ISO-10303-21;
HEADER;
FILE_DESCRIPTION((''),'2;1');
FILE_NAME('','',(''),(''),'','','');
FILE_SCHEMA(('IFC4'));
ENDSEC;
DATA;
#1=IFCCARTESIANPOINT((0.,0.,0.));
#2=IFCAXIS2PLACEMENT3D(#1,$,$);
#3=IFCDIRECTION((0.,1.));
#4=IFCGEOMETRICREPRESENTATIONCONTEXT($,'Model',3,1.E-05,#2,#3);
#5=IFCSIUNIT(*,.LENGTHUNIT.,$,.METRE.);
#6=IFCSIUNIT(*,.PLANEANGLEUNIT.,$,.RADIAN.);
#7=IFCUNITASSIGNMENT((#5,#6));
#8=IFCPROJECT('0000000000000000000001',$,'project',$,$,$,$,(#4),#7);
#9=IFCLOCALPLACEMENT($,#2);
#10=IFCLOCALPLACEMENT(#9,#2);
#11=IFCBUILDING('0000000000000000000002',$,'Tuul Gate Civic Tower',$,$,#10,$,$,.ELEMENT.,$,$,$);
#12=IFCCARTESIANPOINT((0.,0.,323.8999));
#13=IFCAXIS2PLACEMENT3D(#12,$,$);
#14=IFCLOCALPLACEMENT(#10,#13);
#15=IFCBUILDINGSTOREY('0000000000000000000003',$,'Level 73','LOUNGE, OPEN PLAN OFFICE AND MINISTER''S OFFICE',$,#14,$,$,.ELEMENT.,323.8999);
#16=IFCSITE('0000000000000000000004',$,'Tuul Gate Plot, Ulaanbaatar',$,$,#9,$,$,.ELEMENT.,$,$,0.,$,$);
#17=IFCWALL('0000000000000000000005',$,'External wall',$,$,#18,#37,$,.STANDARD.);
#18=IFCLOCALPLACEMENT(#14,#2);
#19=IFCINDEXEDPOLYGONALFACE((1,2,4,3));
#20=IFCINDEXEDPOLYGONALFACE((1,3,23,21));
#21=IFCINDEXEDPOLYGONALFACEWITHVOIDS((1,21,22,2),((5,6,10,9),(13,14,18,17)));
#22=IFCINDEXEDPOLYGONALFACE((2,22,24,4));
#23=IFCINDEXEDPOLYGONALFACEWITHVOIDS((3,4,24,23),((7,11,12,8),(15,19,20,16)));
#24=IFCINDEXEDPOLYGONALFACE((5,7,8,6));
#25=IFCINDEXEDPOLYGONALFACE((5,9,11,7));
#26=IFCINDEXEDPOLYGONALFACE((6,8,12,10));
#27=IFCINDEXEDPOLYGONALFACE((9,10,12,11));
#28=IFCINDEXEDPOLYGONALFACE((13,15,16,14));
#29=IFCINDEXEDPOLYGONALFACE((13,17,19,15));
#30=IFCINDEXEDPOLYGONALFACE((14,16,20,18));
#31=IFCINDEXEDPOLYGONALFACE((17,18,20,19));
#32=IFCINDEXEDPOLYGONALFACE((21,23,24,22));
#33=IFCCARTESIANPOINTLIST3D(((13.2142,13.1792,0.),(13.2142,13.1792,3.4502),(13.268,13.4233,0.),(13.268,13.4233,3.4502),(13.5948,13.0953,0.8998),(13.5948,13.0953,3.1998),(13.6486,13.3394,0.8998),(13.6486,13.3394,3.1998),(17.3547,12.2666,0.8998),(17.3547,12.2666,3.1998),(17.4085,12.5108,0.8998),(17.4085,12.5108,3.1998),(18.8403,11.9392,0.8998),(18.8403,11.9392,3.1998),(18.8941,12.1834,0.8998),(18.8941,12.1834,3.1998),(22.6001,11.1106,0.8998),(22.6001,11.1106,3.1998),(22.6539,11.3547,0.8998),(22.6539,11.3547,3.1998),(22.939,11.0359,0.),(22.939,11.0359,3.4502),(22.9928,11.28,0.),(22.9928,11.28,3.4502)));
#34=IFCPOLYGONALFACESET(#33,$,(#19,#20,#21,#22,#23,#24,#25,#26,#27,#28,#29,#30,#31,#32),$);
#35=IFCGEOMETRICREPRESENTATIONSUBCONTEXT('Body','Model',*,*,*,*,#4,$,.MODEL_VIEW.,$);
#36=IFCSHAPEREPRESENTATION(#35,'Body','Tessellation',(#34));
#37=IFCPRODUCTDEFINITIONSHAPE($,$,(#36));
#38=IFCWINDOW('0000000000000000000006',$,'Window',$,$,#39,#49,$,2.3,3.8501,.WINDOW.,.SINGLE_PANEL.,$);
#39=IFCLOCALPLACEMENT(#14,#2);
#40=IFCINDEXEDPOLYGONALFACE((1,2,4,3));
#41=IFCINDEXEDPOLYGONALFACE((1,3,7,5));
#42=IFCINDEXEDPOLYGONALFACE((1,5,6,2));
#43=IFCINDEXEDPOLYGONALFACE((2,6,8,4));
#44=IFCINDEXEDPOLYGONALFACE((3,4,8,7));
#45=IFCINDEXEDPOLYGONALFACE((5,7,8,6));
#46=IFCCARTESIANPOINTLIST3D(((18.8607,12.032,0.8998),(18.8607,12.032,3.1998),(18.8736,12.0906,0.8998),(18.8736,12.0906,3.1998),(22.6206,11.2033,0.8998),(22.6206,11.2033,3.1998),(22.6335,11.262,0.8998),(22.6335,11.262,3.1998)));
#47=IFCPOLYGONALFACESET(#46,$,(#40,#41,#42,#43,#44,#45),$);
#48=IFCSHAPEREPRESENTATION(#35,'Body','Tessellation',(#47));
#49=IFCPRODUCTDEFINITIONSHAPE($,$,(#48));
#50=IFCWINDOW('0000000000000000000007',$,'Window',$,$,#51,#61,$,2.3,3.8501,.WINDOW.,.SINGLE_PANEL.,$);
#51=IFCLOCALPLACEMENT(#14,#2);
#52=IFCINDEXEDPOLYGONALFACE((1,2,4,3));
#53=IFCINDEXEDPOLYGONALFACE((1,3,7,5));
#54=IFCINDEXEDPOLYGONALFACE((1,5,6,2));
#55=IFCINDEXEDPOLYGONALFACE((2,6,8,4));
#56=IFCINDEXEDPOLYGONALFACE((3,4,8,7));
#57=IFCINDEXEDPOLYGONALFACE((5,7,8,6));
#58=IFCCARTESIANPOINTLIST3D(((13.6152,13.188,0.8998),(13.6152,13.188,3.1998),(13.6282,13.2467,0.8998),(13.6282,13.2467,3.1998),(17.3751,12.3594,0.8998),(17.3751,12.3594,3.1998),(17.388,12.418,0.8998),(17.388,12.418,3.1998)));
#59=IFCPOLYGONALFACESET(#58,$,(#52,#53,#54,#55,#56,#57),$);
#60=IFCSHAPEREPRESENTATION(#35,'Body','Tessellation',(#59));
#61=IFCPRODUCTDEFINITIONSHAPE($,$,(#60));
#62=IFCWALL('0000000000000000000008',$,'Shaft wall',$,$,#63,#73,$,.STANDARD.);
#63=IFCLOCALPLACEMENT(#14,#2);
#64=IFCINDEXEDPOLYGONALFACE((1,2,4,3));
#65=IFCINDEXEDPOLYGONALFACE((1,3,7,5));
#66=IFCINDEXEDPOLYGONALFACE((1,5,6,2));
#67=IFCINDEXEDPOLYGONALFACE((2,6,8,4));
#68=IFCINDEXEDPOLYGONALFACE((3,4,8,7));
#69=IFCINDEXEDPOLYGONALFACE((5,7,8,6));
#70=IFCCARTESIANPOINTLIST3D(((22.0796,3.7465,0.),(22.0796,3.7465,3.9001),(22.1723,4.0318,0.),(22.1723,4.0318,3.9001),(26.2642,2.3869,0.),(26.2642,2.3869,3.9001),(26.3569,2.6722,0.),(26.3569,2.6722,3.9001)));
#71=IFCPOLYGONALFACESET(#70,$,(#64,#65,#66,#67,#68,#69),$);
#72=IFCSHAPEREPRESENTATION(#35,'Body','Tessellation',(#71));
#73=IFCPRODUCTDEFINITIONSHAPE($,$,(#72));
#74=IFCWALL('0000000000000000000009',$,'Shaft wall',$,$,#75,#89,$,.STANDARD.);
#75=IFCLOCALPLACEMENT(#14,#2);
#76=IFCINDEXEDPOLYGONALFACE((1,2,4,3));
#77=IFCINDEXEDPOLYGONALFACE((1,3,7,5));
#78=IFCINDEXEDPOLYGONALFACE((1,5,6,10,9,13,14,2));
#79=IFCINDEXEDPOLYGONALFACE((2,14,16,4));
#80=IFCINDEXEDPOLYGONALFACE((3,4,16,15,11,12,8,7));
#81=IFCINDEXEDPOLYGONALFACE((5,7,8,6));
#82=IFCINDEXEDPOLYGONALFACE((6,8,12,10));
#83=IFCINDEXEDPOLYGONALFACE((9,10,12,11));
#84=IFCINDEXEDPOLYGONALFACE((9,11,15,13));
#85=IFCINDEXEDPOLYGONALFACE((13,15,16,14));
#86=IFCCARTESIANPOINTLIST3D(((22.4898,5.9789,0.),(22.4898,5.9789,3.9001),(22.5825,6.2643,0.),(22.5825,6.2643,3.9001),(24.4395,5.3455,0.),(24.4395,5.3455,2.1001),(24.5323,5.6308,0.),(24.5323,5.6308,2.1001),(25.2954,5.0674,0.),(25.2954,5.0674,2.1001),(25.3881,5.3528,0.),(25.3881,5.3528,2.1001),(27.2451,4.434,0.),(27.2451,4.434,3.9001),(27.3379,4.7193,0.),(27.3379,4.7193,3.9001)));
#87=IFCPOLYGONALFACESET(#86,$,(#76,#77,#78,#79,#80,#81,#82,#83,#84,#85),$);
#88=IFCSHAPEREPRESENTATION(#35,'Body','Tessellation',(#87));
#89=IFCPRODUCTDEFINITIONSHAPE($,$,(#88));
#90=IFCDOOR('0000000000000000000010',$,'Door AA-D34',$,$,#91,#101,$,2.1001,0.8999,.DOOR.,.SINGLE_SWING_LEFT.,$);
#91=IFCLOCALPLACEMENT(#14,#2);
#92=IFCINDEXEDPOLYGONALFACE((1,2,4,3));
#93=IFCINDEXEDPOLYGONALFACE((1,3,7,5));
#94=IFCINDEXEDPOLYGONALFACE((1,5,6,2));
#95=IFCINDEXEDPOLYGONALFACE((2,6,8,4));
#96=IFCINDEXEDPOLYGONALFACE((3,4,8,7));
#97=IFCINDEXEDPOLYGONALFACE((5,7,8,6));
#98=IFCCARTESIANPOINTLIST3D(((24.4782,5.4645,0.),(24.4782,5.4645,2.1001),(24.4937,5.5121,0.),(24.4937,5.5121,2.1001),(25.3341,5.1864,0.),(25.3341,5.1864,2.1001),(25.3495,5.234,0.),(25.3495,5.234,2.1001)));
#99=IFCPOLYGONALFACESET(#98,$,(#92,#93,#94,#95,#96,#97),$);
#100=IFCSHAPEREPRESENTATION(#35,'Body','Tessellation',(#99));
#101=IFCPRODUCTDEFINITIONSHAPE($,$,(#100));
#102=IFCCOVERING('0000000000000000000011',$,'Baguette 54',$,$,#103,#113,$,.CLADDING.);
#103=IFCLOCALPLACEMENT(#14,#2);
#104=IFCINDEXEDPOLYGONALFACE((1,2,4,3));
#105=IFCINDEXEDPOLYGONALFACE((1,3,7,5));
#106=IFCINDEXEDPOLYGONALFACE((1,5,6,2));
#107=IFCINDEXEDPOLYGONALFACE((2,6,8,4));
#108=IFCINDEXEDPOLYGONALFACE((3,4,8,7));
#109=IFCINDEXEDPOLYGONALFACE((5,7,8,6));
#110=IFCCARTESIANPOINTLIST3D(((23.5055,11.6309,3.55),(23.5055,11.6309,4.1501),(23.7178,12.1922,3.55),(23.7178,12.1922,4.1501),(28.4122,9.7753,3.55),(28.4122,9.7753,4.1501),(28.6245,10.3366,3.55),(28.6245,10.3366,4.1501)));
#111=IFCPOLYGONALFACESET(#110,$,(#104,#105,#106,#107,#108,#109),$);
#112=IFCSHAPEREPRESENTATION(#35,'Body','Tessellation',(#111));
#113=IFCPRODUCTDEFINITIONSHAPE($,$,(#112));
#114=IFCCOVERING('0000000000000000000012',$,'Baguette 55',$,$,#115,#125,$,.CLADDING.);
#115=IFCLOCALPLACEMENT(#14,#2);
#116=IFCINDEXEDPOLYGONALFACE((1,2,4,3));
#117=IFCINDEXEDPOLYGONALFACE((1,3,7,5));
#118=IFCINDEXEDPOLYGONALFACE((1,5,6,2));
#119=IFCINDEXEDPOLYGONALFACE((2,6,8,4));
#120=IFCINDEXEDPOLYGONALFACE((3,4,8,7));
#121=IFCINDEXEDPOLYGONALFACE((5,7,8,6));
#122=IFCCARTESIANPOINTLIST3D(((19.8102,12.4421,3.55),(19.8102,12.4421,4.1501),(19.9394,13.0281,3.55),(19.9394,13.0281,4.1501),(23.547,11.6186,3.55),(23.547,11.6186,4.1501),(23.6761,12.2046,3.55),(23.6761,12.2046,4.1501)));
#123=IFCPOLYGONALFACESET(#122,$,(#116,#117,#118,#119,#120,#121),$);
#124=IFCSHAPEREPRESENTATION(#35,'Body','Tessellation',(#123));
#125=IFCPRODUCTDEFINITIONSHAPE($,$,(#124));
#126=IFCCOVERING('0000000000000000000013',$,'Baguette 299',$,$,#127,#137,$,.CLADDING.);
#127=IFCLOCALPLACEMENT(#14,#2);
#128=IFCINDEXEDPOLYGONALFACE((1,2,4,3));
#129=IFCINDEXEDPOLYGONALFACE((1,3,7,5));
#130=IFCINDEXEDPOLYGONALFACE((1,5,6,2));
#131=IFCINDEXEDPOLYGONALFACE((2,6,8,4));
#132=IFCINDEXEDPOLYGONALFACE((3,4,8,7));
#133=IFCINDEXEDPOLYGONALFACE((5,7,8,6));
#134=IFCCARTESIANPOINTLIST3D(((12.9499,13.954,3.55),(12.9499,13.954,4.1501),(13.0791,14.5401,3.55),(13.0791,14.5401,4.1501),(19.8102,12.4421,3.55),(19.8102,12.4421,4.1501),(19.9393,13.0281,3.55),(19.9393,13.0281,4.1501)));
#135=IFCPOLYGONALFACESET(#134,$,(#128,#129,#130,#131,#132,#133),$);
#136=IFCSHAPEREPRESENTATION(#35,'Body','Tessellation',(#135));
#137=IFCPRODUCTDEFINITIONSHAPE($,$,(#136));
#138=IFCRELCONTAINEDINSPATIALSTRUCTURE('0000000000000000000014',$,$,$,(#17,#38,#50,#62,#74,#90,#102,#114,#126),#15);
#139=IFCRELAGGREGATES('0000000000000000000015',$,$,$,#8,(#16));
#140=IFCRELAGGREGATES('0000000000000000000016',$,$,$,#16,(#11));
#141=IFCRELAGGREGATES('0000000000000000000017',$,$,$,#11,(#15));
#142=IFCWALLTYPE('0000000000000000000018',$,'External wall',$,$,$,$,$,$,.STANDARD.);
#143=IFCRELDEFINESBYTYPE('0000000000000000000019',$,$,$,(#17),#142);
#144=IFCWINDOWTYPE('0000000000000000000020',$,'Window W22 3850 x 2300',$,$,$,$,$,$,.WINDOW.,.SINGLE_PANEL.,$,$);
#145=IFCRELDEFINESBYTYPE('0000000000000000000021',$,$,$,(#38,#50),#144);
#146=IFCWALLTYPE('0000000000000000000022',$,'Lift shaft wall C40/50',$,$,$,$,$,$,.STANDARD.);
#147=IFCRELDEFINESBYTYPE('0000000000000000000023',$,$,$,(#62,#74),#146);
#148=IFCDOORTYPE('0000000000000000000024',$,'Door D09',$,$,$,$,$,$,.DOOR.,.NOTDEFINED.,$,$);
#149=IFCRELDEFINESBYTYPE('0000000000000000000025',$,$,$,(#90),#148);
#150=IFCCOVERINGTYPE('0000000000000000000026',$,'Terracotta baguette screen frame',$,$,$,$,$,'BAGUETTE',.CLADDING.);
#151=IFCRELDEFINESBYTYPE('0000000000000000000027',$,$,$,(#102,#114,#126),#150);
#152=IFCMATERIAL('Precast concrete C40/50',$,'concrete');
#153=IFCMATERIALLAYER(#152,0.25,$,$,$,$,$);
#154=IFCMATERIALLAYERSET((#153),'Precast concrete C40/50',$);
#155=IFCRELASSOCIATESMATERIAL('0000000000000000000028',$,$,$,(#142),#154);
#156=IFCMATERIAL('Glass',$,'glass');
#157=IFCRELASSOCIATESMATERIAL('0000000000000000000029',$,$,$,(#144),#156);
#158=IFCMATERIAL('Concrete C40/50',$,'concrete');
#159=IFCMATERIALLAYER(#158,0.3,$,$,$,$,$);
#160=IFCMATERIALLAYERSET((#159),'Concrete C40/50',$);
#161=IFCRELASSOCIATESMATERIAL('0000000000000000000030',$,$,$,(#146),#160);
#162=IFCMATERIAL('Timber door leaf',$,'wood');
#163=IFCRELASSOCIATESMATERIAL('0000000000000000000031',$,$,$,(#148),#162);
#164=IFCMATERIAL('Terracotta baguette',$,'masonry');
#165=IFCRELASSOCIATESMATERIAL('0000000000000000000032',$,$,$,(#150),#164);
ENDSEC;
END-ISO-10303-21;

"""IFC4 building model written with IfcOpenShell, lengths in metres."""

from ifc_helpers import new_model, si_unit, direction, frame, frame_2d, origin, origin_2d, place, context, subcontext, project, spatial, rectangle, extrude, material, layer, layer_set, material_profile, profile_set, type_object, element, fill, save


model = new_model("IFC4")

# Units and contexts
model_context = context("Model", 3, precision=1e-05, world=origin(), true_north=direction((0.0, 1.0)))
body_context = subcontext(model_context, "Body", "Model", "MODEL_VIEW")
ifc_project = project(units=[si_unit("LENGTHUNIT", "METRE"), si_unit("PLANEANGLEUNIT", "RADIAN")], contexts=[model_context])

# Site, building, storey
site_placement = place(None, origin())
site = spatial("IfcSite", under=ifc_project, at=site_placement, Name="Tuul Gate Plot, Ulaanbaatar", CompositionType="ELEMENT", RefElevation=0.0)
building_placement = place(site_placement, origin())
building = spatial("IfcBuilding", under=site, at=building_placement, Name="Tuul Gate Civic Tower", CompositionType="ELEMENT")
storey_placement = place(building_placement, frame((0.0, 0.0, 323.8999)))
storey = spatial("IfcBuildingStorey", under=building, at=storey_placement, Name="Level 73", Description="LOUNGE, OPEN PLAN OFFICE AND MINISTER'S OFFICE", CompositionType="ELEMENT", Elevation=323.8999)

# Wall, openings, windows
ifc_material_1 = material(Name="Precast concrete C40/50", Category="concrete")
ifc_layer_1 = layer(ifc_material_1, 0.25)
ifc_layer_set_1 = layer_set([ifc_layer_1], Name="Precast concrete C40/50")
wall_type_1 = type_object("IfcWallType", Name="External wall", PredefinedType="STANDARD", material=ifc_layer_set_1)
ifc_material_2 = material(Name="Glass", Category="glass")
window_type = type_object("IfcWindowType", Name="Window W22 3850 x 2300", PartitioningType="SINGLE_PANEL", PredefinedType="WINDOW", material=ifc_material_2)
wall_1_placement = place(storey_placement, frame((22.9658, 11.158, 0.0), z_axis=(0.0, 0.0, 1.0), x_axis=(-0.976563, 0.21523, 0.0)))
wall_1 = element("IfcWall", 1, at=wall_1_placement, inside=storey, type_object=wall_type_1, Name="External wall", PredefinedType="STANDARD", context=body_context, shape_type="SweptSolid", body=[
    extrude(rectangle(XDim=9.9583, YDim=0.25, at=frame_2d((4.979, 0.0))), origin(), (0.0, 0.0, 1.0), 3.4502),
])
opening_1_placement = place(wall_1_placement, frame((0.3469, 0.0, 0.8999)))
opening_1 = element("IfcOpeningElement", 2, at=opening_1_placement, cuts=wall_1, PredefinedType="OPENING", context=body_context, shape_type="SweptSolid", body=[
    extrude(rectangle(XDim=3.8501, YDim=2.3, at=frame_2d((1.925, 1.1499))), frame((0.0, 0.135, 0.0), z_axis=(0.0, -1.0, 0.0), x_axis=(1.0, 0.0, 0.0)), (0.0, 0.0, 1.0), 0.27),
])
opening_2_placement = place(wall_1_placement, frame((5.7183, 0.0, 0.8999)))
opening_2 = element("IfcOpeningElement", 3, at=opening_2_placement, cuts=wall_1, PredefinedType="OPENING", context=body_context, shape_type="SweptSolid", body=[
    extrude(rectangle(XDim=3.8501, YDim=2.3, at=frame_2d((1.925, 1.1499))), frame((0.0, 0.135, 0.0), z_axis=(0.0, -1.0, 0.0), x_axis=(1.0, 0.0, 0.0)), (0.0, 0.0, 1.0), 0.27),
])
window_1_placement = place(opening_1_placement, origin())
window_1 = element("IfcWindow", 4, at=window_1_placement, inside=storey, type_object=window_type, Name="Window", OverallHeight=2.3, OverallWidth=3.8501, PartitioningType="SINGLE_PANEL", PredefinedType="WINDOW", context=body_context, shape_type="SweptSolid", body=[
    extrude(rectangle(XDim=3.8501, YDim=2.3, at=frame_2d((1.925, 1.1499))), frame((0.0, 0.03, 0.0), z_axis=(0.0, -1.0, 0.0), x_axis=(1.0, 0.0, 0.0)), (0.0, 0.0, 1.0), 0.0601),
])
fill(opening_1, window_1)
window_2_placement = place(opening_2_placement, origin())
window_2 = element("IfcWindow", 5, at=window_2_placement, inside=storey, type_object=window_type, Name="Window", OverallHeight=2.3, OverallWidth=3.8501, PartitioningType="SINGLE_PANEL", PredefinedType="WINDOW", context=body_context, shape_type="SweptSolid", body=[
    extrude(rectangle(XDim=3.8501, YDim=2.3, at=frame_2d((1.925, 1.1499))), frame((0.0, 0.03, 0.0), z_axis=(0.0, -1.0, 0.0), x_axis=(1.0, 0.0, 0.0)), (0.0, 0.0, 1.0), 0.0601),
])
fill(opening_2, window_2)

# Wall
ifc_material_3 = material(Name="Concrete C40/50", Category="concrete")
ifc_layer_2 = layer(ifc_material_3, 0.3)
ifc_layer_set_2 = layer_set([ifc_layer_2], Name="Concrete C40/50")
wall_type_2 = type_object("IfcWallType", Name="Lift shaft wall C40/50", PredefinedType="STANDARD", material=ifc_layer_set_2)
wall_2_placement = place(storey_placement, frame((26.3105, 2.5295, 0.0), z_axis=(0.0, 0.0, 1.0), x_axis=(-0.951059, 0.309011, 0.0)))
element("IfcWall", 6, at=wall_2_placement, inside=storey, type_object=wall_type_2, Name="Shaft wall", PredefinedType="STANDARD", context=body_context, shape_type="SweptSolid", body=[
    extrude(rectangle(XDim=4.3999, YDim=0.3, at=frame_2d((2.2, 0.0))), origin(), (0.0, 0.0, 1.0), 3.9001),
])

# Wall, opening, door
wall_3_placement = place(storey_placement, frame((27.2915, 4.5767, 0.0), z_axis=(0.0, 0.0, 1.0), x_axis=(-0.951068, 0.308982, 0.0)))
wall_3 = element("IfcWall", 7, at=wall_3_placement, inside=storey, type_object=wall_type_2, Name="Shaft wall", PredefinedType="STANDARD", context=body_context, shape_type="SweptSolid", body=[
    extrude(rectangle(XDim=5.0, YDim=0.3, at=frame_2d((2.5, 0.0))), origin(), (0.0, 0.0, 1.0), 3.9001),
])
opening_3_placement = place(wall_3_placement, frame((2.05, 0.0, 0.0)))
opening_3 = element("IfcOpeningElement", 8, at=opening_3_placement, cuts=wall_3, PredefinedType="OPENING", context=body_context, shape_type="SweptSolid", body=[
    extrude(rectangle(XDim=0.8999, YDim=2.1001, at=frame_2d((0.45, 1.05))), frame((0.0, 0.1602, 0.0), z_axis=(0.0, -1.0, 0.0), x_axis=(1.0, 0.0, 0.0)), (0.0, 0.0, 1.0), 0.3201),
])
ifc_material_4 = material(Name="Timber door leaf", Category="wood")
door_type_1 = type_object("IfcDoorType", Name="Door D09", OperationType="NOTDEFINED", PredefinedType="DOOR", material=ifc_material_4)
door_1_placement = place(opening_3_placement, origin())
door_1 = element("IfcDoor", 9, at=door_1_placement, inside=storey, type_object=door_type_1, Name="Door AA-D34", OperationType="SINGLE_SWING_LEFT", OverallHeight=2.1001, OverallWidth=0.8999, PredefinedType="DOOR", context=body_context, shape_type="SweptSolid", body=[
    extrude(rectangle(XDim=0.8999, YDim=2.1001, at=frame_2d((0.45, 1.05))), frame((0.0, 0.0249, 0.0), z_axis=(0.0, -1.0, 0.0), x_axis=(1.0, 0.0, 0.0)), (0.0, 0.0, 1.0), 0.05),
])
fill(opening_3, door_1)

# Coverings
ifc_material_5 = material(Name="Terracotta baguette", Category="masonry")
ifc_material_profile_1 = material_profile(ifc_material_5, rectangle(XDim=0.6001, YDim=0.6001, at=origin_2d()), Name="Terracotta baguette screen frame")
ifc_profile_set_1 = profile_set([ifc_material_profile_1], Name="Terracotta baguette")
covering_type = type_object("IfcCoveringType", Name="Terracotta baguette screen frame", ElementType="BAGUETTE", PredefinedType="CLADDING", material=ifc_profile_set_1)
covering_1_placement = place(storey_placement, frame((28.5183, 10.0559, 3.8501), z_axis=(-0.935342, 0.353744, 0.0), x_axis=(-0.353744, -0.935342, 0.0)))
element("IfcCovering", 10, at=covering_1_placement, inside=storey, type_object=covering_type, Name="Baguette 54", PredefinedType="CLADDING", context=body_context, shape_type="SweptSolid", body=[
    extrude(rectangle(XDim=0.6001, YDim=0.6001, at=origin_2d()), origin(), (0.0, 0.0, 1.0), 5.2458),
])
covering_2_placement = place(storey_placement, frame((23.6116, 11.9116, 3.8501), z_axis=(-0.976568, 0.215207, 0.0), x_axis=(-0.215207, -0.976568, 0.0)))
element("IfcCovering", 11, at=covering_2_placement, inside=storey, type_object=covering_type, Name="Baguette 55", PredefinedType="CLADDING", context=body_context, shape_type="SweptSolid", body=[
    extrude(rectangle(XDim=0.6001, YDim=0.6001, at=origin_2d()), origin(), (0.0, 0.0, 1.0), 3.8264),
])
covering_3_placement = place(storey_placement, frame((19.8748, 12.7351, 3.8501), z_axis=(-0.976564, 0.215226, 0.0), x_axis=(-0.215226, -0.976564, 0.0)))
element("IfcCovering", 12, at=covering_3_placement, inside=storey, type_object=covering_type, Name="Baguette 299", PredefinedType="CLADDING", context=body_context, shape_type="SweptSolid", body=[
    extrude(rectangle(XDim=0.6001, YDim=0.6001, at=origin_2d()), origin(), (0.0, 0.0, 1.0), 7.0249),
])

save(model, "model.ifc")
